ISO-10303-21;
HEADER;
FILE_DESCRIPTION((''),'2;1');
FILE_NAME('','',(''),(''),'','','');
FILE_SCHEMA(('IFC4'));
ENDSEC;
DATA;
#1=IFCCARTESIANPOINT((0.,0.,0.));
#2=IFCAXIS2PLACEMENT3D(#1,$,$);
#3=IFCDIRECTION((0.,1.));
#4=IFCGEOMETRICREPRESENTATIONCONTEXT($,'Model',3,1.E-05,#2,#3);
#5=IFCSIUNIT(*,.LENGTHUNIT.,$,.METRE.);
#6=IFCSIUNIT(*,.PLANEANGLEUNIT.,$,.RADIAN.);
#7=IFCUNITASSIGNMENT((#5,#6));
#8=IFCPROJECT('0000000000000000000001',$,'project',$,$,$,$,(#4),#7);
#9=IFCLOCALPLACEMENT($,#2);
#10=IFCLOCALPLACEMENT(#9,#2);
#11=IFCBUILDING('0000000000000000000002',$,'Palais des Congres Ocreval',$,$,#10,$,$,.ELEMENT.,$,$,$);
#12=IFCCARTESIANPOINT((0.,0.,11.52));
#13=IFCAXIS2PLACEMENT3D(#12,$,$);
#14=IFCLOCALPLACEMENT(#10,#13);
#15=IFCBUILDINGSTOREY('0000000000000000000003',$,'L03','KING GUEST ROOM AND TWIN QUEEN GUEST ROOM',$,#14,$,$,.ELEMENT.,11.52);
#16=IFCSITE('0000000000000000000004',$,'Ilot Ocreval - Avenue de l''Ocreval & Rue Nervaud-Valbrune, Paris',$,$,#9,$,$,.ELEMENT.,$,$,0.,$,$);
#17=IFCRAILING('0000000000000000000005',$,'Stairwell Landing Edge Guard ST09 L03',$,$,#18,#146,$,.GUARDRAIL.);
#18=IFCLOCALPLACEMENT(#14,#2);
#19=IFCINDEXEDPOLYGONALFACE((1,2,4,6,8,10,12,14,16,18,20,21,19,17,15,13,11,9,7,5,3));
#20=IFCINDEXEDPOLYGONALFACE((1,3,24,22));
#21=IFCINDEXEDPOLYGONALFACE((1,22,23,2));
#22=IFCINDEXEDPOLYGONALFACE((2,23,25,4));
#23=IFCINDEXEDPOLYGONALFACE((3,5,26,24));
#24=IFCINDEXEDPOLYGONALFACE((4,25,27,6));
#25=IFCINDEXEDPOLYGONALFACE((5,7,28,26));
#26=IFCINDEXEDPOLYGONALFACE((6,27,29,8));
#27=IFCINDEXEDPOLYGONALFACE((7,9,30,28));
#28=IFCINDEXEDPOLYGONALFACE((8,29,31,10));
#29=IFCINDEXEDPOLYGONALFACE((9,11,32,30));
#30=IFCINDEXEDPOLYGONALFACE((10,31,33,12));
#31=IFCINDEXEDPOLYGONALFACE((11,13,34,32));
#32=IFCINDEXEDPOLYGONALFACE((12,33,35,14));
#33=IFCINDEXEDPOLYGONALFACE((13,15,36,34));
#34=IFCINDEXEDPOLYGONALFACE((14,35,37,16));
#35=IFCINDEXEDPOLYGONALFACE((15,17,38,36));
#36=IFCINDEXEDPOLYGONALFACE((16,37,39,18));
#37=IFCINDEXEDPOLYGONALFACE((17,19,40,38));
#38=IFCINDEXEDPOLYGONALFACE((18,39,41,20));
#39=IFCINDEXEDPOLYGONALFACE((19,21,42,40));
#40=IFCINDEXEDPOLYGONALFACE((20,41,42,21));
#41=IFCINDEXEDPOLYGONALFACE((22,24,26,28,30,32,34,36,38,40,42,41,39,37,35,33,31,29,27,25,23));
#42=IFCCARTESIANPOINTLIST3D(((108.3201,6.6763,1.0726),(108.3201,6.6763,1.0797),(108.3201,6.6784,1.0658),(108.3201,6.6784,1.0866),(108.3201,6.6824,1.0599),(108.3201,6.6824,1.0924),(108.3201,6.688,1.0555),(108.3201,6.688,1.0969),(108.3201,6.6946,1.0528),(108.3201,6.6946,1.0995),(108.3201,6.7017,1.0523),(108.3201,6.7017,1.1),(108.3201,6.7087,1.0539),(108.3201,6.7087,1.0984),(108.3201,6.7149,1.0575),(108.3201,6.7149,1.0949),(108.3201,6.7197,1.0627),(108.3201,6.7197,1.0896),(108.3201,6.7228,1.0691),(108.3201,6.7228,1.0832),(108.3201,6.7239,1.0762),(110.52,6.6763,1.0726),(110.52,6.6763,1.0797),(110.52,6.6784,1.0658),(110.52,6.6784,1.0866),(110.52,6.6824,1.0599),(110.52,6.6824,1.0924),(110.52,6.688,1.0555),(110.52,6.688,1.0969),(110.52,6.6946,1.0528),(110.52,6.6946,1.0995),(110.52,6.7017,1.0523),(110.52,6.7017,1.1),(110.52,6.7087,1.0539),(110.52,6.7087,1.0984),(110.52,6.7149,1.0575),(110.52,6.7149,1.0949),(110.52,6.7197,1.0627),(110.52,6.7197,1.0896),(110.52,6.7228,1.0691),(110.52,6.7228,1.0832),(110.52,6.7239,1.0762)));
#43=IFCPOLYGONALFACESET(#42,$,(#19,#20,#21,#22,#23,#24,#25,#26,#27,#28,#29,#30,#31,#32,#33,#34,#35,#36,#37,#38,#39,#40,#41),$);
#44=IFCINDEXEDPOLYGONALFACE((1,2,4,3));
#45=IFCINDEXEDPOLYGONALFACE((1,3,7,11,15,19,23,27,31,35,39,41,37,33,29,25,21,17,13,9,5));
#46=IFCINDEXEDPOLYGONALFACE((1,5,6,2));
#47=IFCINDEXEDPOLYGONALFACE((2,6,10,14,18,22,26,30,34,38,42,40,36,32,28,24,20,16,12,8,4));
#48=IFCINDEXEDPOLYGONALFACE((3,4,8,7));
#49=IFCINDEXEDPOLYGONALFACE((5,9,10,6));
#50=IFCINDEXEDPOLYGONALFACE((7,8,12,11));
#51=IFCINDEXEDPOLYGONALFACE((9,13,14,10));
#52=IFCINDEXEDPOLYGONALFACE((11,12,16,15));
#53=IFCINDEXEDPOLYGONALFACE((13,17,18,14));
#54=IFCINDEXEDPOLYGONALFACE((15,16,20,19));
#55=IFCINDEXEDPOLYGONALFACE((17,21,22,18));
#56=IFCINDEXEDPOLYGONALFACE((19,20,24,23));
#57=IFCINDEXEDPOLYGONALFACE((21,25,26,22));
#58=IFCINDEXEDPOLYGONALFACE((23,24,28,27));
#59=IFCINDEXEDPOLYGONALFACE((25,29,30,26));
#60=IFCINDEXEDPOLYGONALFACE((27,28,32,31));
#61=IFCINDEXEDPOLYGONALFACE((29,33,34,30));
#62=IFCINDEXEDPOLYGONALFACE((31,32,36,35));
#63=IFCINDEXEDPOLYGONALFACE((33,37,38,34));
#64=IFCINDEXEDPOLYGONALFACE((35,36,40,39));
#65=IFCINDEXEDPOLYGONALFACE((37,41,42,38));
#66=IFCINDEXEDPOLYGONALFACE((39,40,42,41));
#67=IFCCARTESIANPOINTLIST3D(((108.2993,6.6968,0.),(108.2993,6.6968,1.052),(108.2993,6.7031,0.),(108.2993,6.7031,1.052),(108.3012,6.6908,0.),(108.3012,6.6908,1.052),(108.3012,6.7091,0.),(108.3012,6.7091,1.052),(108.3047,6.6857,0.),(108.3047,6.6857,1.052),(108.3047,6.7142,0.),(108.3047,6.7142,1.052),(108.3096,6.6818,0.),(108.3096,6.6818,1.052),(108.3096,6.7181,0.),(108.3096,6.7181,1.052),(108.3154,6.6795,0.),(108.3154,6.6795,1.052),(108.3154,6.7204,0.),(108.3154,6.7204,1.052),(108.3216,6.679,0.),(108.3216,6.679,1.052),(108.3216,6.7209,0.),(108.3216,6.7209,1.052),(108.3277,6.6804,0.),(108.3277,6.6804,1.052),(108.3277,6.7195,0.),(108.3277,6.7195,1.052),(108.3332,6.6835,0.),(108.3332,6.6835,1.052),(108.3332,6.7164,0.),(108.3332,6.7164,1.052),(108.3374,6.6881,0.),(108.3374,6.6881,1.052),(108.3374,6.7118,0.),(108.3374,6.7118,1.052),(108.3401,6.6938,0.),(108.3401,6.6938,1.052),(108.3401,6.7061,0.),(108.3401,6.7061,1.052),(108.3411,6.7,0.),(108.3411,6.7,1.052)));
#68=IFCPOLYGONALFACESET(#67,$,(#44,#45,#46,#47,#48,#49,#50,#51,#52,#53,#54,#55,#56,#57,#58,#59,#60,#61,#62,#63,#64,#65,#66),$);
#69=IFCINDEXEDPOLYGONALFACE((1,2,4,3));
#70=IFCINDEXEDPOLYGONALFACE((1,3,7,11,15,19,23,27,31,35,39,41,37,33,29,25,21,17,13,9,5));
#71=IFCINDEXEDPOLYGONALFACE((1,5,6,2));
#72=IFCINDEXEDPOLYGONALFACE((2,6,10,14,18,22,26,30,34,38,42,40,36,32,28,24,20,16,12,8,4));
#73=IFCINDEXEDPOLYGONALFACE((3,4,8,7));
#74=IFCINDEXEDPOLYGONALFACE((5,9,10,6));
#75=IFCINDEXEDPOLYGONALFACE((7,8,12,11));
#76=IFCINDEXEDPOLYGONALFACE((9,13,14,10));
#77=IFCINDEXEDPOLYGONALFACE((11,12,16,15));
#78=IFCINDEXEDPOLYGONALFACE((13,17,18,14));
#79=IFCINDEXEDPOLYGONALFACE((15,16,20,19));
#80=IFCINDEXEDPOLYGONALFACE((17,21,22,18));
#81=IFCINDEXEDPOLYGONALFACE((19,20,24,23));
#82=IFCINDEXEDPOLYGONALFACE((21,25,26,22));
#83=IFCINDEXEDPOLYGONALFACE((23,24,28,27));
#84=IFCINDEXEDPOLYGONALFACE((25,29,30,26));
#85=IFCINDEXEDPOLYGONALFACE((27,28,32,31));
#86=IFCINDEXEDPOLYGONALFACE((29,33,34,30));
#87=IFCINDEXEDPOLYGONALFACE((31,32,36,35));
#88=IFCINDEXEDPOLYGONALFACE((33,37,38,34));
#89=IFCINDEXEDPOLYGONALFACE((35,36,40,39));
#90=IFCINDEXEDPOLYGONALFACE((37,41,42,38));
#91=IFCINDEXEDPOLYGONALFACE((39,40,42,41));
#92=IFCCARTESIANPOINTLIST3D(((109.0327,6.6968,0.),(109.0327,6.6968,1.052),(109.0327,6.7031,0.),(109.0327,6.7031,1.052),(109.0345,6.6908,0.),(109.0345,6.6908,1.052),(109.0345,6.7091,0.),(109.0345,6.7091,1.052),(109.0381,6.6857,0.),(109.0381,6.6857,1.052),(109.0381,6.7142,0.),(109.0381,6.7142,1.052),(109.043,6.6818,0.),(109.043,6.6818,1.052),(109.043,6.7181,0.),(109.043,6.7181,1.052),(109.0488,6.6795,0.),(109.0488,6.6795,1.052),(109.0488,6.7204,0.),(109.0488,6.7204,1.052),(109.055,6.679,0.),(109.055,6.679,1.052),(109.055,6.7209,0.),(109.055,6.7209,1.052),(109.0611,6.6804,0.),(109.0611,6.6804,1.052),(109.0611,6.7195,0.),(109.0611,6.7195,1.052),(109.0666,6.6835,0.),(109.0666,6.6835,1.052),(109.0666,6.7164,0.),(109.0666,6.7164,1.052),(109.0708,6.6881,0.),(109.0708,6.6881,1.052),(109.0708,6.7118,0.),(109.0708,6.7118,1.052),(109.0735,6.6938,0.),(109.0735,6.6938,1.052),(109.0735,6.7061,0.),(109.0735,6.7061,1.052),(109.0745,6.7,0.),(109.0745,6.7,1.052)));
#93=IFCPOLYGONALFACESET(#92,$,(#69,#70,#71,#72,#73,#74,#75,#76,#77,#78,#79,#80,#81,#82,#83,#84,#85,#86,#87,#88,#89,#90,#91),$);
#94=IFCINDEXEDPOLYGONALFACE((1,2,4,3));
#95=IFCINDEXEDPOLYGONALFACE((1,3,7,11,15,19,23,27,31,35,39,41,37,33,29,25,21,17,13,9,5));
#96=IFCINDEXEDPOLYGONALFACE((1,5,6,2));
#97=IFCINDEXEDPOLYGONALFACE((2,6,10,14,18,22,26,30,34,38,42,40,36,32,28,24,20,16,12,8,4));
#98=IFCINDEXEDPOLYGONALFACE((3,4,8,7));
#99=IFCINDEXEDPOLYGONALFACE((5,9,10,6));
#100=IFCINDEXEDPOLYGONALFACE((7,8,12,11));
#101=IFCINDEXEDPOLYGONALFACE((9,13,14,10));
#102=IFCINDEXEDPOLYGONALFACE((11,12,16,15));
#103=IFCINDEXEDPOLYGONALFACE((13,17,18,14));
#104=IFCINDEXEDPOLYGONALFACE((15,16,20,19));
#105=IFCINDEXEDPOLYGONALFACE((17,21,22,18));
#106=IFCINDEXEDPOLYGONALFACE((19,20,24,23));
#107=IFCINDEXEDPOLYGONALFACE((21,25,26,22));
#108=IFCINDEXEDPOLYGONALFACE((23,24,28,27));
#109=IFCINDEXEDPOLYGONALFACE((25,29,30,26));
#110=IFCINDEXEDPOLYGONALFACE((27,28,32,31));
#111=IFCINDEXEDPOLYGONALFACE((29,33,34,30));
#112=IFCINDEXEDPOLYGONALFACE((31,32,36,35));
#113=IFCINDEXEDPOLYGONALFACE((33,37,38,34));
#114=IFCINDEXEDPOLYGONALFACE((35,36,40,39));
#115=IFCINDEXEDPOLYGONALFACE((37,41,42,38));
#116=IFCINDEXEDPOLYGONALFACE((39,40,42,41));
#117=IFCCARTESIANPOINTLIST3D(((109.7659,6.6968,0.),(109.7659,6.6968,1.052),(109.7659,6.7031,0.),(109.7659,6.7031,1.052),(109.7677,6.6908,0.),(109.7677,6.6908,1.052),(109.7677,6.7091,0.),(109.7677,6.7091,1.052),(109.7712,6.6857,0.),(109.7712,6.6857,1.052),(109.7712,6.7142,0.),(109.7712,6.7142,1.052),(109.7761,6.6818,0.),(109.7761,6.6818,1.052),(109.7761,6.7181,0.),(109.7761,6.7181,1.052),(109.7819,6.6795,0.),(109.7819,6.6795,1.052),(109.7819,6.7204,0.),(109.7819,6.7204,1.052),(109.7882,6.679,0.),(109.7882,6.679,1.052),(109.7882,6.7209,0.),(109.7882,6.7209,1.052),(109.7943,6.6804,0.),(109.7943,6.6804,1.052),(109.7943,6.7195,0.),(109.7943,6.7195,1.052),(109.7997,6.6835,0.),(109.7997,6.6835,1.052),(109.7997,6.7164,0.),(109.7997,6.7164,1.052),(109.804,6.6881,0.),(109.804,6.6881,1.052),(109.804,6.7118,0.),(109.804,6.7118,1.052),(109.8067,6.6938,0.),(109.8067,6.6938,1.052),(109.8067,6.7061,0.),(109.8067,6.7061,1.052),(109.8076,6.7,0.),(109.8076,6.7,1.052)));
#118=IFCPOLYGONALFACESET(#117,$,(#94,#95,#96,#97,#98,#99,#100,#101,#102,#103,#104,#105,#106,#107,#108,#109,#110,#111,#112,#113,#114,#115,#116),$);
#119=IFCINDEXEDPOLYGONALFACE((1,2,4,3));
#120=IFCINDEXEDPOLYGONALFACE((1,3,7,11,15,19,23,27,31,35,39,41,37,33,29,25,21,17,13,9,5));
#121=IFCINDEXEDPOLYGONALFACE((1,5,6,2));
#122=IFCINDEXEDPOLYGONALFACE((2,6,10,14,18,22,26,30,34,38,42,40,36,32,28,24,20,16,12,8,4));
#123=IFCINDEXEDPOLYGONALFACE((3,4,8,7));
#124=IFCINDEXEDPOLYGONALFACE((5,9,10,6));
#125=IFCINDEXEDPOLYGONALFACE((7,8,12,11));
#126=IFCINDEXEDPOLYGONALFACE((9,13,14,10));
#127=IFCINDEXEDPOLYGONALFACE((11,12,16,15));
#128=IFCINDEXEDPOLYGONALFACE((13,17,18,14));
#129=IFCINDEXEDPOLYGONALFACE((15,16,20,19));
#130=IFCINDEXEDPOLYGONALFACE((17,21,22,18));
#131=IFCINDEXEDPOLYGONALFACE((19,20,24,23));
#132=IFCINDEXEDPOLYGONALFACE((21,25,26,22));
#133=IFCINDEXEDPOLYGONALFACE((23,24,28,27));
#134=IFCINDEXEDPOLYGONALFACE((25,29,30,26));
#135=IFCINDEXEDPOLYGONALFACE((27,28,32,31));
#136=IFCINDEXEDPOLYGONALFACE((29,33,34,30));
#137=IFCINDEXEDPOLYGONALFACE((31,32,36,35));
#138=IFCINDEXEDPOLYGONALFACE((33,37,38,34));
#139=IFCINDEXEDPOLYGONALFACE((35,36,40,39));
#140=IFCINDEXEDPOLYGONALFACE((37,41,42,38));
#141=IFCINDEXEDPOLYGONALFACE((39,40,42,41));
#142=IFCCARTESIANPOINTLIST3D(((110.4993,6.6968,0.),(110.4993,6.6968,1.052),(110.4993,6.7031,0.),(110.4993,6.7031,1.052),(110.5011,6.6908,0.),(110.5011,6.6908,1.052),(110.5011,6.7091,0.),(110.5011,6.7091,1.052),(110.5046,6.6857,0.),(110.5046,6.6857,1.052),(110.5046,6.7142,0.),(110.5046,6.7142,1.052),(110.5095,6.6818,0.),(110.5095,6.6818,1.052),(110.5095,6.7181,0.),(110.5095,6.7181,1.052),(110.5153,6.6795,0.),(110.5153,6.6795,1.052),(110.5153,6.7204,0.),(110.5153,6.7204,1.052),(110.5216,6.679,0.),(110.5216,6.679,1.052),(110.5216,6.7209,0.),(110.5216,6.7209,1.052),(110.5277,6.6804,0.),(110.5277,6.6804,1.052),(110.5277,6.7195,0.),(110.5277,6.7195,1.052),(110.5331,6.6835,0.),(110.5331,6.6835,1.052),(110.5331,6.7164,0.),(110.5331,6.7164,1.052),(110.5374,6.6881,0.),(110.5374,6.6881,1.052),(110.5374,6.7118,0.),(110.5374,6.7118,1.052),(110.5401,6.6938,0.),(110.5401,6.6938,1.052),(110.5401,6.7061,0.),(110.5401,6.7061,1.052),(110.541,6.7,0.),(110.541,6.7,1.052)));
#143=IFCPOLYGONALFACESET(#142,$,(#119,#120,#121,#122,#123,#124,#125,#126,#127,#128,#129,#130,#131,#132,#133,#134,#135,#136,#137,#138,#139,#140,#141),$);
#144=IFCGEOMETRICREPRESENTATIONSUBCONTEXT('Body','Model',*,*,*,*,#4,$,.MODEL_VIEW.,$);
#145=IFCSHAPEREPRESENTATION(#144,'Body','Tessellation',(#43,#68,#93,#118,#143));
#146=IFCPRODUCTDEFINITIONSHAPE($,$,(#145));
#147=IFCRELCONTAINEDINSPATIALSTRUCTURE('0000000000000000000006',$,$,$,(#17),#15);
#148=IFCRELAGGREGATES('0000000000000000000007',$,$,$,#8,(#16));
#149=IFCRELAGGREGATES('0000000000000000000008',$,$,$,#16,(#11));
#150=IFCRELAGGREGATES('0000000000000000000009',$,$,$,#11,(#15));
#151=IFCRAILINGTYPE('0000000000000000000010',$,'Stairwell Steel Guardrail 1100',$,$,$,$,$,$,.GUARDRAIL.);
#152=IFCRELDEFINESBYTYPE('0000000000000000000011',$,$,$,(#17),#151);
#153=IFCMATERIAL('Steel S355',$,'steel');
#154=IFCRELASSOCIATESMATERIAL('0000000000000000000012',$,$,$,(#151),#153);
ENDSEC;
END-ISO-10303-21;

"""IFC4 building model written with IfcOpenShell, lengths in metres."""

from ifc_helpers import new_model, si_unit, direction, frame, origin, origin_2d, place, context, subcontext, project, spatial, circle, extrude, material, type_object, element, save


model = new_model("IFC4")

# Units and contexts
model_context = context("Model", 3, precision=1e-05, world=origin(), true_north=direction((0.0, 1.0)))
body_context = subcontext(model_context, "Body", "Model", "MODEL_VIEW")
ifc_project = project(units=[si_unit("LENGTHUNIT", "METRE"), si_unit("PLANEANGLEUNIT", "RADIAN")], contexts=[model_context])

# Site, building, storey
site_placement = place(None, origin())
site = spatial("IfcSite", under=ifc_project, at=site_placement, Name="Ilot Ocreval - Avenue de l'Ocreval & Rue Nervaud-Valbrune, Paris", CompositionType="ELEMENT", RefElevation=0.0)
building_placement = place(site_placement, origin())
building = spatial("IfcBuilding", under=site, at=building_placement, Name="Palais des Congres Ocreval", CompositionType="ELEMENT")
storey_placement = place(building_placement, frame((0.0, 0.0, 11.52)))
storey = spatial("IfcBuildingStorey", under=building, at=storey_placement, Name="L03", Description="KING GUEST ROOM AND TWIN QUEEN GUEST ROOM", CompositionType="ELEMENT", Elevation=11.52)

# Shared definitions
ifc_material_1 = material(Name="Steel S355", Category="steel")

# Railing
railing_type_1 = type_object("IfcRailingType", Name="Stairwell Steel Guardrail 1100", PredefinedType="GUARDRAIL", material=ifc_material_1)
railing_1_placement = place(storey_placement, frame((108.3201, 6.7, 0.0)))
element("IfcRailing", 1, at=railing_1_placement, inside=storey, type_object=railing_type_1, Name="Stairwell Landing Edge Guard ST09 L03", PredefinedType="GUARDRAIL", context=body_context, shape_type="SweptSolid", body=[
    extrude(circle(Radius=0.0239, at=origin_2d()), frame((0.0, 0.0, 1.0762), z_axis=(1.0, 0.0, 0.0), x_axis=(0.0, 1.0, 0.0)), (0.0, 0.0, 1.0), 2.2),
    extrude(circle(Radius=0.021, at=origin_2d()), origin(), (0.0, 0.0, 1.0), 1.052),
    extrude(circle(Radius=0.021, at=origin_2d()), frame((0.7334, 0.0, 0.0)), (0.0, 0.0, 1.0), 1.052),
    extrude(circle(Radius=0.021, at=origin_2d()), frame((1.4666, 0.0, 0.0)), (0.0, 0.0, 1.0), 1.052),
    extrude(circle(Radius=0.021, at=origin_2d()), frame((2.2, 0.0, 0.0)), (0.0, 0.0, 1.0), 1.052),
])

save(model, "model.ifc")
